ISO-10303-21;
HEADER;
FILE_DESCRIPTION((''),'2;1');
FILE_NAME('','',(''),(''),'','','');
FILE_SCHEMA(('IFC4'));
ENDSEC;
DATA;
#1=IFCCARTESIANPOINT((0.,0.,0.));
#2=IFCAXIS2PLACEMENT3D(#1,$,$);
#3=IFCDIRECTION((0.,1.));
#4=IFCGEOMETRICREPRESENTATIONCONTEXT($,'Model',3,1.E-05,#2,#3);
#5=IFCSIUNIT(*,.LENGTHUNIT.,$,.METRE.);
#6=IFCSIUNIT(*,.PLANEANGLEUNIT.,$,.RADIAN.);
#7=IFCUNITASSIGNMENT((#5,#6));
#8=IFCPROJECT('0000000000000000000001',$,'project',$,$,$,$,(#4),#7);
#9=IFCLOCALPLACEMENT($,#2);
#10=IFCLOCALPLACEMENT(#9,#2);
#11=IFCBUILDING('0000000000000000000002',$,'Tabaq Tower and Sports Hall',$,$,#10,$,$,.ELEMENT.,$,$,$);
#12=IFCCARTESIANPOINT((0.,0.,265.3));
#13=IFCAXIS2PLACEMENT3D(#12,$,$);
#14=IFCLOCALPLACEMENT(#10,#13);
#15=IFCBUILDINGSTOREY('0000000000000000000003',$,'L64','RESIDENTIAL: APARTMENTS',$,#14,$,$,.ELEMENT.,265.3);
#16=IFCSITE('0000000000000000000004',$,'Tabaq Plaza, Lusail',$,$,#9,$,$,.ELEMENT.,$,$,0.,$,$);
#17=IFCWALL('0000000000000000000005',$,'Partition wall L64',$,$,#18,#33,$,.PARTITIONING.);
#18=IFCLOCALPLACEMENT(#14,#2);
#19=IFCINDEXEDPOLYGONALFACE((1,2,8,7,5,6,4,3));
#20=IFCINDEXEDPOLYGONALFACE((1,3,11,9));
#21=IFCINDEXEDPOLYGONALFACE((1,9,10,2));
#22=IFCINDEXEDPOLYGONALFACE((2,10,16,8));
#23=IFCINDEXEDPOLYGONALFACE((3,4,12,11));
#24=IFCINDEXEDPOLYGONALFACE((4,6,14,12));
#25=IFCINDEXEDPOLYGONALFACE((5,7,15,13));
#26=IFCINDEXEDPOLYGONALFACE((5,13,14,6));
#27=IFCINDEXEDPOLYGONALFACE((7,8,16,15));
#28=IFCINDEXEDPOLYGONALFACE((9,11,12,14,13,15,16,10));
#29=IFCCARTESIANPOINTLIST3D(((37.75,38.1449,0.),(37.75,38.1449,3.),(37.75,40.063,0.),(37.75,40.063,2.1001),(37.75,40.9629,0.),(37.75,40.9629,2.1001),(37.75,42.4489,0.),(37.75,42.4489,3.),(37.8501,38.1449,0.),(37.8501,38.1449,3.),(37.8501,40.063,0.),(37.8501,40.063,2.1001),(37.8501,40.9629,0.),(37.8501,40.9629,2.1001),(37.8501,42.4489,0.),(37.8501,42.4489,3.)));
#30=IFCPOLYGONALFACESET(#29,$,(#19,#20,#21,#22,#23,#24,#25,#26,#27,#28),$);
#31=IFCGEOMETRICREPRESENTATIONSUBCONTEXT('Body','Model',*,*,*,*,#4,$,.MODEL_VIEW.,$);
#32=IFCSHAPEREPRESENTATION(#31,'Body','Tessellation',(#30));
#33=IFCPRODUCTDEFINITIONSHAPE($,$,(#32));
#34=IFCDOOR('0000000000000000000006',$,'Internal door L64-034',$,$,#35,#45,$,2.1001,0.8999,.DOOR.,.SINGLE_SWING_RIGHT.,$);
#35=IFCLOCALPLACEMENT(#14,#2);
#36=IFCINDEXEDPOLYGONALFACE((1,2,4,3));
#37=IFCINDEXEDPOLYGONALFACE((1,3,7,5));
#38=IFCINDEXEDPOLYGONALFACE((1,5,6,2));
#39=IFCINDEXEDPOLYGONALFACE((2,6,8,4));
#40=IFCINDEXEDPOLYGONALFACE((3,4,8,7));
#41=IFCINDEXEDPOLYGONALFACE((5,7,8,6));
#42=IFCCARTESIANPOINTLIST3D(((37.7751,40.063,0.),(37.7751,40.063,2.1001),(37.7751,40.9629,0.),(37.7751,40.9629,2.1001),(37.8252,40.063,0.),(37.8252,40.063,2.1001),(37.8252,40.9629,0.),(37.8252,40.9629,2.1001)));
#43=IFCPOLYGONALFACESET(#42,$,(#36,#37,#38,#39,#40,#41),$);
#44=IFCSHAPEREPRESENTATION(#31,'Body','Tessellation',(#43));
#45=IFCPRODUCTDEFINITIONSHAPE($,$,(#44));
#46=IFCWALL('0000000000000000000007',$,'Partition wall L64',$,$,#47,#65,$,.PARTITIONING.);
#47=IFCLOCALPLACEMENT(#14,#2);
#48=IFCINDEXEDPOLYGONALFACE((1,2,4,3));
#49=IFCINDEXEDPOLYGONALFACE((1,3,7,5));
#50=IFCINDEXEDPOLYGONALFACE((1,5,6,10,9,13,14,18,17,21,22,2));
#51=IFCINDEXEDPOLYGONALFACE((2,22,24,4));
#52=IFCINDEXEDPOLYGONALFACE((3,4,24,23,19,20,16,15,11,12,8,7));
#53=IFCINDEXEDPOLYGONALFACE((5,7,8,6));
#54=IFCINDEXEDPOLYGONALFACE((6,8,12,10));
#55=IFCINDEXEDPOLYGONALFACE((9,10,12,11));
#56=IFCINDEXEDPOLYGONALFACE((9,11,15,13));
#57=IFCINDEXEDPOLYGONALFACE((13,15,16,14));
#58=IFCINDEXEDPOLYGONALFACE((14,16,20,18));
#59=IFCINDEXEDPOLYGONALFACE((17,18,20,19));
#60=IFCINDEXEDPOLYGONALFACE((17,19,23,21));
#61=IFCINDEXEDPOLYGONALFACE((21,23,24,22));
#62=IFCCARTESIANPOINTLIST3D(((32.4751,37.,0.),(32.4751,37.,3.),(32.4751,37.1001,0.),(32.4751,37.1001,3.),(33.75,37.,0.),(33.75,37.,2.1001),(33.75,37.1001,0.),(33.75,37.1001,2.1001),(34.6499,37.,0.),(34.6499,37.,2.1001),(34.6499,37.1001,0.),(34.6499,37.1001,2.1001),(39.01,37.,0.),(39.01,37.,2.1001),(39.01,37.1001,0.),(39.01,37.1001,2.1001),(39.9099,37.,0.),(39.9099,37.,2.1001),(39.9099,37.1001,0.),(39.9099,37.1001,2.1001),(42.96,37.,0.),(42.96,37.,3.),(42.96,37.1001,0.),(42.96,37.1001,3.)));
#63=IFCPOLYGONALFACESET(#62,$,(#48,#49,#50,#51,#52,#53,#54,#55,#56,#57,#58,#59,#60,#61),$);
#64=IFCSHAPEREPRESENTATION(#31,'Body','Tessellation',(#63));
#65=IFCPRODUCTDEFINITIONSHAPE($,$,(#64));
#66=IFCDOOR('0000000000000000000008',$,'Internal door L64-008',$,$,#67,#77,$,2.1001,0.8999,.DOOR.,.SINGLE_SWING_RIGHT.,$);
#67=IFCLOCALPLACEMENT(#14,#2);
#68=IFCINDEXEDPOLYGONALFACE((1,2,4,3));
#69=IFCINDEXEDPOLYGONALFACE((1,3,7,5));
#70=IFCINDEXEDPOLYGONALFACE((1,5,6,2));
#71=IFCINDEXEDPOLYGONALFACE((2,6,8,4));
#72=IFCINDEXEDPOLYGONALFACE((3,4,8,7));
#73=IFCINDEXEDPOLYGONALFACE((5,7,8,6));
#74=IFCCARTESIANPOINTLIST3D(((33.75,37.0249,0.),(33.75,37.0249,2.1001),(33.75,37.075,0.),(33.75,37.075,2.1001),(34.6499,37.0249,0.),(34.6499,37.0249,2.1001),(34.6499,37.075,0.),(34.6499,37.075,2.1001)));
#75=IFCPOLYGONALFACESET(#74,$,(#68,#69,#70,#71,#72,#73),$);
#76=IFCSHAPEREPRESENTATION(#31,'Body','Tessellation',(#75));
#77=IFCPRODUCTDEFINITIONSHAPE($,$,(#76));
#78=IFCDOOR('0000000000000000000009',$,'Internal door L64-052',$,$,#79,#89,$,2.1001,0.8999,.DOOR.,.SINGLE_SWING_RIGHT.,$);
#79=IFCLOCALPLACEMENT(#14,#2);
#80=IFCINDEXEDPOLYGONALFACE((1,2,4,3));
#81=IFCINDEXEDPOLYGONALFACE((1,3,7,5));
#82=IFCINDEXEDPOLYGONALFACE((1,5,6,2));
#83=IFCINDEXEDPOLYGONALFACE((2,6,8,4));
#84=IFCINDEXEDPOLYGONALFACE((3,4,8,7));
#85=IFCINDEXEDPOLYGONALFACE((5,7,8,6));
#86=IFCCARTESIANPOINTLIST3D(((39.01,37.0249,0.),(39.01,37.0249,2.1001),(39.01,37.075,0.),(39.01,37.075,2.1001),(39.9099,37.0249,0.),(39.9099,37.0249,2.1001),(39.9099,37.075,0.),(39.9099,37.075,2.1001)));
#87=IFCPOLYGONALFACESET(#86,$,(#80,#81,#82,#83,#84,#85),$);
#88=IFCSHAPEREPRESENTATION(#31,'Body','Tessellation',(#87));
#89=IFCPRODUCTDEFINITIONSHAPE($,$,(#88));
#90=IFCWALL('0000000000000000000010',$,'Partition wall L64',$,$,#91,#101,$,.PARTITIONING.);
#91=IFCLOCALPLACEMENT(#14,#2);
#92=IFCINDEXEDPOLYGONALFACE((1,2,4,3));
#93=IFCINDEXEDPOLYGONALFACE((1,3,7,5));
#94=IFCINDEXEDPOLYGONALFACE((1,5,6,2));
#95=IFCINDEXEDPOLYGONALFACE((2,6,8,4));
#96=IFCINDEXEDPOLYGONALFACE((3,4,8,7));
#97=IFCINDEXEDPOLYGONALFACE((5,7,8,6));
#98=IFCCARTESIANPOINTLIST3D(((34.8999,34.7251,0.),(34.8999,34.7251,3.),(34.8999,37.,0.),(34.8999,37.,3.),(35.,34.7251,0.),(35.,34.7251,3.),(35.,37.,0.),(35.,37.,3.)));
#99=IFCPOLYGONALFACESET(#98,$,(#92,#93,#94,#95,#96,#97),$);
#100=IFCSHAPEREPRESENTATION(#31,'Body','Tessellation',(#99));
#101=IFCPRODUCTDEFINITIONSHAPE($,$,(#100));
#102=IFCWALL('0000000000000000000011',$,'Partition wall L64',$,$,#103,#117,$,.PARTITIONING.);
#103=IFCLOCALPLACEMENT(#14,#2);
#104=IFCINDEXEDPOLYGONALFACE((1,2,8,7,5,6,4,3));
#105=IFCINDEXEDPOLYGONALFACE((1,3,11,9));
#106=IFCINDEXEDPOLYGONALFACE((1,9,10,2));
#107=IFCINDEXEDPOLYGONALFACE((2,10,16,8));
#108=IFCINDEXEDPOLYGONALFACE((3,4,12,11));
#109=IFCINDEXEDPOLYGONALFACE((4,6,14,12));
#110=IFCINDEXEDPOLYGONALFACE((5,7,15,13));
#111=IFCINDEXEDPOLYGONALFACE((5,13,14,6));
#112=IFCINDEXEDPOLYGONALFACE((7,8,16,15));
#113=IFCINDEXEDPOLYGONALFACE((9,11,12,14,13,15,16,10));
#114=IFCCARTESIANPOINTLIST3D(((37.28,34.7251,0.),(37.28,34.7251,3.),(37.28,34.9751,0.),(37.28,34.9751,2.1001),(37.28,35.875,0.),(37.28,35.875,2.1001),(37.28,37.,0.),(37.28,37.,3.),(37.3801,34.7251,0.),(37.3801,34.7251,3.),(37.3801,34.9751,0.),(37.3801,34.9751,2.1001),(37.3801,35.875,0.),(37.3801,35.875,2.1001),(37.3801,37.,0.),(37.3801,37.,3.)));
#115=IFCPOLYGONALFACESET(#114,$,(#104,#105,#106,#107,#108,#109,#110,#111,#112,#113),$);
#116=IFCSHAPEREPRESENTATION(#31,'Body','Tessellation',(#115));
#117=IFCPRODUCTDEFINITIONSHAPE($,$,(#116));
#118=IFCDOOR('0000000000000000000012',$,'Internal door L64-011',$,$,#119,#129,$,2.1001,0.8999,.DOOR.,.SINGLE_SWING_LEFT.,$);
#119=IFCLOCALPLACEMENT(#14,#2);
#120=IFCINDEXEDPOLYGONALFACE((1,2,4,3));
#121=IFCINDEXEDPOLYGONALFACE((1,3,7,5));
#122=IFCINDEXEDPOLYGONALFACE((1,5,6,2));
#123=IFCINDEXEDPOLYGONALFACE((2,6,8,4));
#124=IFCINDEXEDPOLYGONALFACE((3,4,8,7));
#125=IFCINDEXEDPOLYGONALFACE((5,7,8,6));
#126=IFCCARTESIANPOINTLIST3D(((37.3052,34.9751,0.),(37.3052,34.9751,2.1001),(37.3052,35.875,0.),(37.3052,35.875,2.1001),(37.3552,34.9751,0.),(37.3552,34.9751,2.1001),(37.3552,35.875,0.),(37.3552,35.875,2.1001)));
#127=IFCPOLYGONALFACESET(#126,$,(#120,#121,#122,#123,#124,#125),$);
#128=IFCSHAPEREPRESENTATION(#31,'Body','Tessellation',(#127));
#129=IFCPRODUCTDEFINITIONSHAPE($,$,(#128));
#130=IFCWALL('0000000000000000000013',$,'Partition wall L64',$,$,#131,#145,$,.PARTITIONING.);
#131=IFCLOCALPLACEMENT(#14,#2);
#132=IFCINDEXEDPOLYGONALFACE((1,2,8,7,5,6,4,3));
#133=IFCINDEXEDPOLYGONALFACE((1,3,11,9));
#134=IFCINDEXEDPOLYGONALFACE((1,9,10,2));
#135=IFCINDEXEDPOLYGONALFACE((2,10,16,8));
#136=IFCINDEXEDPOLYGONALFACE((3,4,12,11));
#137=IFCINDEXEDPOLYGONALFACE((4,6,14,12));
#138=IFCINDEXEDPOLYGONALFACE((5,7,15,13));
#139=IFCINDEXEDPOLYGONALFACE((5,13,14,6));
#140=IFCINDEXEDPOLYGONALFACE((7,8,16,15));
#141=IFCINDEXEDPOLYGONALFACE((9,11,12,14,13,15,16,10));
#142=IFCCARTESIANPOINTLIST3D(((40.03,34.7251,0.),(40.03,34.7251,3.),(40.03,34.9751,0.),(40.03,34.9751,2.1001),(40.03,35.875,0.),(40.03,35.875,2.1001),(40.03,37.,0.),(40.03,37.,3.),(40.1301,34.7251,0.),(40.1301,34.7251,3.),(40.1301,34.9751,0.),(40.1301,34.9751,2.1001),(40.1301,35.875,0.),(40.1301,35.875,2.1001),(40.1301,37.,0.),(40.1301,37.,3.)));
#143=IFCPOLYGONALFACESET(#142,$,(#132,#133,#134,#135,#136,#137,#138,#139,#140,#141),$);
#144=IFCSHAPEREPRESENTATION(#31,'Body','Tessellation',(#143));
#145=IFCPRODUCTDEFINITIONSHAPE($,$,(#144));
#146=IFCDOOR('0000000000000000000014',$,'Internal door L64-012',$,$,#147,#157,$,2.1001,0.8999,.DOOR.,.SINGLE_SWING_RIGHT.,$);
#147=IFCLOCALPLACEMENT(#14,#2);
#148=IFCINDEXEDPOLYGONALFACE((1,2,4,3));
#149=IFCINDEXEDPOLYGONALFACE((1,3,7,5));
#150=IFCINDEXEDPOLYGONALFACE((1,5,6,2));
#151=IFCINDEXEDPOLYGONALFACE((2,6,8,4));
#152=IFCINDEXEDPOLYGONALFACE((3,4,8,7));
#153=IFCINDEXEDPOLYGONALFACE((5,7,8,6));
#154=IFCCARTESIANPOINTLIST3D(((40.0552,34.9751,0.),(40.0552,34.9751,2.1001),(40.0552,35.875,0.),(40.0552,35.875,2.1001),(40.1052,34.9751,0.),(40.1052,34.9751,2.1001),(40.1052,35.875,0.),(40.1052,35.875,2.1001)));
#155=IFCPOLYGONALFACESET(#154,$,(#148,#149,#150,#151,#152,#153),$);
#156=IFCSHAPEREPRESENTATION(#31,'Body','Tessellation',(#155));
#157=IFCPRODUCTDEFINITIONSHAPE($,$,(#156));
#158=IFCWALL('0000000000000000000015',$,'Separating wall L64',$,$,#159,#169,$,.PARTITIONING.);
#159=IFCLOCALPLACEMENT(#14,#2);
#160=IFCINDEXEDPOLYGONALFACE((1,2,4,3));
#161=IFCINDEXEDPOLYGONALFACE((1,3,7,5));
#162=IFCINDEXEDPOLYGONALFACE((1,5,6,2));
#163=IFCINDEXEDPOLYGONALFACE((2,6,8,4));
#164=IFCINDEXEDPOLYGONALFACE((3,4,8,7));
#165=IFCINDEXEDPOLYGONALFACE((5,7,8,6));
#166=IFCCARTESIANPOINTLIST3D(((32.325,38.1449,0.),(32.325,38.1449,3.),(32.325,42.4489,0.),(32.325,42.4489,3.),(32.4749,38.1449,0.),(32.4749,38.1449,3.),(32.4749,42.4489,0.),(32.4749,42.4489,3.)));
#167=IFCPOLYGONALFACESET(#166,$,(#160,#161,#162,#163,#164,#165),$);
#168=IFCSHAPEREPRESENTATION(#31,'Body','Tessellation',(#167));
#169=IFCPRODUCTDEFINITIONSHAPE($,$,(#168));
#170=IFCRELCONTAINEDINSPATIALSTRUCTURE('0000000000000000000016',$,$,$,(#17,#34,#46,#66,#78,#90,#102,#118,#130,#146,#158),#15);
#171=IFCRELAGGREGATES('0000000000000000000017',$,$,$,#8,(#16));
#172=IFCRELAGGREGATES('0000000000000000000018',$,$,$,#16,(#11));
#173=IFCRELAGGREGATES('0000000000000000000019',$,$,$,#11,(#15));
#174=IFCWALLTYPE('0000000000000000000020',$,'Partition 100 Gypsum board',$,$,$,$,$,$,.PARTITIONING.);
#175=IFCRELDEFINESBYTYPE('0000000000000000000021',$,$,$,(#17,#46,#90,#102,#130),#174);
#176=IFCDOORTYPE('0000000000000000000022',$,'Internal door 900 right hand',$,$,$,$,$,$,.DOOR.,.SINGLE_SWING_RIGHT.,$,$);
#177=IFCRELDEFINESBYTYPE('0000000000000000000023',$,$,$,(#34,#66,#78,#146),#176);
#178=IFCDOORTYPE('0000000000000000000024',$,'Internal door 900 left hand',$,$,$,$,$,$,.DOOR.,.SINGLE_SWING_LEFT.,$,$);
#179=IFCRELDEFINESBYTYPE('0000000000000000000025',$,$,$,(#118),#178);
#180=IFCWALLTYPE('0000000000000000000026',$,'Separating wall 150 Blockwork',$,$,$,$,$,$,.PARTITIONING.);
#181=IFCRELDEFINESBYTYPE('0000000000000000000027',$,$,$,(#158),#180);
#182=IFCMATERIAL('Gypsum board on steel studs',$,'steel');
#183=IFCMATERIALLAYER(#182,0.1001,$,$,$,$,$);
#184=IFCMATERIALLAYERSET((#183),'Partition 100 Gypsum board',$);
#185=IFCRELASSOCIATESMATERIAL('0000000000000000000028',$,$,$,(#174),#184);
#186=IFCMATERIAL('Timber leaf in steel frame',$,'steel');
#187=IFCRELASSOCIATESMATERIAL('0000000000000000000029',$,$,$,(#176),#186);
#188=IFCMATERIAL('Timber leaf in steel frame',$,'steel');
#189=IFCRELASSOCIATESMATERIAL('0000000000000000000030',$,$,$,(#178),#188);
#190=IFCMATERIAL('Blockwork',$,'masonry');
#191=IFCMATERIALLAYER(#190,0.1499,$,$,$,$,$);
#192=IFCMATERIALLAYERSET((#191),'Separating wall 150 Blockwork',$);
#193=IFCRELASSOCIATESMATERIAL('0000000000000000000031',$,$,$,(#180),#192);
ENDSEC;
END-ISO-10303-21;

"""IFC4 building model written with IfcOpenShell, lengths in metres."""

from ifc_helpers import new_model, si_unit, direction, frame, frame_2d, origin, place, context, subcontext, project, spatial, rectangle, extrude, material, layer, layer_set, type_object, element, fill, save


model = new_model("IFC4")

# Units and contexts
model_context = context("Model", 3, precision=1e-05, world=origin(), true_north=direction((0.0, 1.0)))
body_context = subcontext(model_context, "Body", "Model", "MODEL_VIEW")
ifc_project = project(units=[si_unit("LENGTHUNIT", "METRE"), si_unit("PLANEANGLEUNIT", "RADIAN")], contexts=[model_context])

# Site, building, storey
site_placement = place(None, origin())
site = spatial("IfcSite", under=ifc_project, at=site_placement, Name="Tabaq Plaza, Lusail", CompositionType="ELEMENT", RefElevation=0.0)
building_placement = place(site_placement, origin())
building = spatial("IfcBuilding", under=site, at=building_placement, Name="Tabaq Tower and Sports Hall", CompositionType="ELEMENT")
storey_placement = place(building_placement, frame((0.0, 0.0, 265.3)))
storey = spatial("IfcBuildingStorey", under=building, at=storey_placement, Name="L64", Description="RESIDENTIAL: APARTMENTS", CompositionType="ELEMENT", Elevation=265.3)

# Shared definitions
ifc_material_1 = material(Name="Gypsum board on steel studs", Category="steel")
ifc_layer_1 = layer(ifc_material_1, 0.1001)
ifc_layer_set_1 = layer_set([ifc_layer_1], Name="Partition 100 Gypsum board")
wall_type_1 = type_object("IfcWallType", Name="Partition 100 Gypsum board", PredefinedType="PARTITIONING", material=ifc_layer_set_1)

# Shared definitions
ifc_material_2 = material(Name="Timber leaf in steel frame", Category="steel")
door_type_1 = type_object("IfcDoorType", Name="Internal door 900 right hand", OperationType="SINGLE_SWING_RIGHT", PredefinedType="DOOR", material=ifc_material_2)

# Wall, opening, door
wall_1_placement = place(storey_placement, frame((37.8, 38.145, 0.0), z_axis=(0.0, 0.0, 1.0), x_axis=(0.0, 1.0, 0.0)))
wall_1 = element("IfcWall", 1, at=wall_1_placement, inside=storey, type_object=wall_type_1, Name="Partition wall L64", PredefinedType="PARTITIONING", context=body_context, shape_type="SweptSolid", body=[
    extrude(rectangle(XDim=4.304, YDim=0.1001, at=frame_2d((2.1519, 0.0))), origin(), (0.0, 0.0, 1.0), 3.0),
])
opening_1_placement = place(wall_1_placement, frame((1.918, 0.0, 0.0)))
opening_1 = element("IfcOpeningElement", 2, at=opening_1_placement, cuts=wall_1, PredefinedType="OPENING", context=body_context, shape_type="SweptSolid", body=[
    extrude(rectangle(XDim=0.8999, YDim=2.1001, at=frame_2d((0.45, 1.05))), frame((0.0, 0.05, 0.0), z_axis=(0.0, -1.0, 0.0), x_axis=(1.0, 0.0, 0.0)), (0.0, 0.0, 1.0), 0.1001),
])
door_1_placement = place(opening_1_placement, origin())
door_1 = element("IfcDoor", 3, at=door_1_placement, inside=storey, type_object=door_type_1, Name="Internal door L64-034", OperationType="SINGLE_SWING_RIGHT", OverallHeight=2.1001, OverallWidth=0.8999, PredefinedType="DOOR", context=body_context, shape_type="SweptSolid", body=[
    extrude(rectangle(XDim=0.8999, YDim=2.1001, at=frame_2d((0.45, 1.05))), frame((0.0, 0.0249, 0.0), z_axis=(0.0, -1.0, 0.0), x_axis=(1.0, 0.0, 0.0)), (0.0, 0.0, 1.0), 0.05),
])
fill(opening_1, door_1)

# Wall, openings, doors
wall_2_placement = place(storey_placement, frame((32.4751, 37.05, 0.0), z_axis=(0.0, 0.0, 1.0), x_axis=(1.0, 0.0, 0.0)))
wall_2 = element("IfcWall", 4, at=wall_2_placement, inside=storey, type_object=wall_type_1, Name="Partition wall L64", PredefinedType="PARTITIONING", context=body_context, shape_type="SweptSolid", body=[
    extrude(rectangle(XDim=10.4849, YDim=0.1001, at=frame_2d((5.2424, 0.0))), origin(), (0.0, 0.0, 1.0), 3.0),
])
opening_2_placement = place(wall_2_placement, frame((1.2749, 0.0, 0.0)))
opening_2 = element("IfcOpeningElement", 5, at=opening_2_placement, cuts=wall_2, PredefinedType="OPENING", context=body_context, shape_type="SweptSolid", body=[
    extrude(rectangle(XDim=0.8999, YDim=2.1001, at=frame_2d((0.45, 1.05))), frame((0.0, 0.05, 0.0), z_axis=(0.0, -1.0, 0.0), x_axis=(1.0, 0.0, 0.0)), (0.0, 0.0, 1.0), 0.1001),
])
opening_3_placement = place(wall_2_placement, frame((6.5349, 0.0, 0.0)))
opening_3 = element("IfcOpeningElement", 6, at=opening_3_placement, cuts=wall_2, PredefinedType="OPENING", context=body_context, shape_type="SweptSolid", body=[
    extrude(rectangle(XDim=0.8999, YDim=2.1001, at=frame_2d((0.45, 1.05))), frame((0.0, 0.05, 0.0), z_axis=(0.0, -1.0, 0.0), x_axis=(1.0, 0.0, 0.0)), (0.0, 0.0, 1.0), 0.1001),
])
door_2_placement = place(opening_2_placement, origin())
door_2 = element("IfcDoor", 7, at=door_2_placement, inside=storey, type_object=door_type_1, Name="Internal door L64-008", OperationType="SINGLE_SWING_RIGHT", OverallHeight=2.1001, OverallWidth=0.8999, PredefinedType="DOOR", context=body_context, shape_type="SweptSolid", body=[
    extrude(rectangle(XDim=0.8999, YDim=2.1001, at=frame_2d((0.45, 1.05))), frame((0.0, 0.0249, 0.0), z_axis=(0.0, -1.0, 0.0), x_axis=(1.0, 0.0, 0.0)), (0.0, 0.0, 1.0), 0.05),
])
fill(opening_2, door_2)
door_3_placement = place(opening_3_placement, origin())
door_3 = element("IfcDoor", 8, at=door_3_placement, inside=storey, type_object=door_type_1, Name="Internal door L64-052", OperationType="SINGLE_SWING_RIGHT", OverallHeight=2.1001, OverallWidth=0.8999, PredefinedType="DOOR", context=body_context, shape_type="SweptSolid", body=[
    extrude(rectangle(XDim=0.8999, YDim=2.1001, at=frame_2d((0.45, 1.05))), frame((0.0, 0.0249, 0.0), z_axis=(0.0, -1.0, 0.0), x_axis=(1.0, 0.0, 0.0)), (0.0, 0.0, 1.0), 0.05),
])
fill(opening_3, door_3)

# Wall
wall_3_placement = place(storey_placement, frame((34.95, 34.7251, 0.0), z_axis=(0.0, 0.0, 1.0), x_axis=(0.0, 1.0, 0.0)))
element("IfcWall", 9, at=wall_3_placement, inside=storey, type_object=wall_type_1, Name="Partition wall L64", PredefinedType="PARTITIONING", context=body_context, shape_type="SweptSolid", body=[
    extrude(rectangle(XDim=2.2749, YDim=0.1001, at=frame_2d((1.1375, 0.0))), origin(), (0.0, 0.0, 1.0), 3.0),
])

# Walls, openings, doors
wall_4_placement = place(storey_placement, frame((37.3301, 34.7251, 0.0), z_axis=(0.0, 0.0, 1.0), x_axis=(0.0, 1.0, 0.0)))
wall_4 = element("IfcWall", 10, at=wall_4_placement, inside=storey, type_object=wall_type_1, Name="Partition wall L64", PredefinedType="PARTITIONING", context=body_context, shape_type="SweptSolid", body=[
    extrude(rectangle(XDim=2.2749, YDim=0.1001, at=frame_2d((1.1375, 0.0))), origin(), (0.0, 0.0, 1.0), 3.0),
])
opening_4_placement = place(wall_4_placement, frame((0.25, 0.0, 0.0)))
opening_4 = element("IfcOpeningElement", 11, at=opening_4_placement, cuts=wall_4, PredefinedType="OPENING", context=body_context, shape_type="SweptSolid", body=[
    extrude(rectangle(XDim=0.8999, YDim=2.1001, at=frame_2d((0.45, 1.05))), frame((0.0, 0.05, 0.0), z_axis=(0.0, -1.0, 0.0), x_axis=(1.0, 0.0, 0.0)), (0.0, 0.0, 1.0), 0.1001),
])
ifc_material_3 = material(Name="Timber leaf in steel frame", Category="steel")
door_type_2 = type_object("IfcDoorType", Name="Internal door 900 left hand", OperationType="SINGLE_SWING_LEFT", PredefinedType="DOOR", material=ifc_material_3)
door_4_placement = place(opening_4_placement, origin())
door_4 = element("IfcDoor", 12, at=door_4_placement, inside=storey, type_object=door_type_2, Name="Internal door L64-011", OperationType="SINGLE_SWING_LEFT", OverallHeight=2.1001, OverallWidth=0.8999, PredefinedType="DOOR", context=body_context, shape_type="SweptSolid", body=[
    extrude(rectangle(XDim=0.8999, YDim=2.1001, at=frame_2d((0.45, 1.05))), frame((0.0, 0.0249, 0.0), z_axis=(0.0, -1.0, 0.0), x_axis=(1.0, 0.0, 0.0)), (0.0, 0.0, 1.0), 0.05),
])
fill(opening_4, door_4)
wall_5_placement = place(storey_placement, frame((40.0801, 34.7251, 0.0), z_axis=(0.0, 0.0, 1.0), x_axis=(0.0, 1.0, 0.0)))
wall_5 = element("IfcWall", 13, at=wall_5_placement, inside=storey, type_object=wall_type_1, Name="Partition wall L64", PredefinedType="PARTITIONING", context=body_context, shape_type="SweptSolid", body=[
    extrude(rectangle(XDim=2.2749, YDim=0.1001, at=frame_2d((1.1375, 0.0))), origin(), (0.0, 0.0, 1.0), 3.0),
])
opening_5_placement = place(wall_5_placement, frame((0.25, 0.0, 0.0)))
opening_5 = element("IfcOpeningElement", 14, at=opening_5_placement, cuts=wall_5, PredefinedType="OPENING", context=body_context, shape_type="SweptSolid", body=[
    extrude(rectangle(XDim=0.8999, YDim=2.1001, at=frame_2d((0.45, 1.05))), frame((0.0, 0.05, 0.0), z_axis=(0.0, -1.0, 0.0), x_axis=(1.0, 0.0, 0.0)), (0.0, 0.0, 1.0), 0.1001),
])
door_5_placement = place(opening_5_placement, origin())
door_5 = element("IfcDoor", 15, at=door_5_placement, inside=storey, type_object=door_type_1, Name="Internal door L64-012", OperationType="SINGLE_SWING_RIGHT", OverallHeight=2.1001, OverallWidth=0.8999, PredefinedType="DOOR", context=body_context, shape_type="SweptSolid", body=[
    extrude(rectangle(XDim=0.8999, YDim=2.1001, at=frame_2d((0.45, 1.05))), frame((0.0, 0.0249, 0.0), z_axis=(0.0, -1.0, 0.0), x_axis=(1.0, 0.0, 0.0)), (0.0, 0.0, 1.0), 0.05),
])
fill(opening_5, door_5)

# Wall
ifc_material_4 = material(Name="Blockwork", Category="masonry")
ifc_layer_2 = layer(ifc_material_4, 0.1499)
ifc_layer_set_2 = layer_set([ifc_layer_2], Name="Separating wall 150 Blockwork")
wall_type_2 = type_object("IfcWallType", Name="Separating wall 150 Blockwork", PredefinedType="PARTITIONING", material=ifc_layer_set_2)
wall_6_placement = place(storey_placement, frame((32.3999, 38.145, 0.0), z_axis=(0.0, 0.0, 1.0), x_axis=(0.0, 1.0, 0.0)))
element("IfcWall", 16, at=wall_6_placement, inside=storey, type_object=wall_type_2, Name="Separating wall L64", PredefinedType="PARTITIONING", context=body_context, shape_type="SweptSolid", body=[
    extrude(rectangle(XDim=4.304, YDim=0.1499, at=frame_2d((2.1519, 0.0))), origin(), (0.0, 0.0, 1.0), 3.0),
])

save(model, "model.ifc")
